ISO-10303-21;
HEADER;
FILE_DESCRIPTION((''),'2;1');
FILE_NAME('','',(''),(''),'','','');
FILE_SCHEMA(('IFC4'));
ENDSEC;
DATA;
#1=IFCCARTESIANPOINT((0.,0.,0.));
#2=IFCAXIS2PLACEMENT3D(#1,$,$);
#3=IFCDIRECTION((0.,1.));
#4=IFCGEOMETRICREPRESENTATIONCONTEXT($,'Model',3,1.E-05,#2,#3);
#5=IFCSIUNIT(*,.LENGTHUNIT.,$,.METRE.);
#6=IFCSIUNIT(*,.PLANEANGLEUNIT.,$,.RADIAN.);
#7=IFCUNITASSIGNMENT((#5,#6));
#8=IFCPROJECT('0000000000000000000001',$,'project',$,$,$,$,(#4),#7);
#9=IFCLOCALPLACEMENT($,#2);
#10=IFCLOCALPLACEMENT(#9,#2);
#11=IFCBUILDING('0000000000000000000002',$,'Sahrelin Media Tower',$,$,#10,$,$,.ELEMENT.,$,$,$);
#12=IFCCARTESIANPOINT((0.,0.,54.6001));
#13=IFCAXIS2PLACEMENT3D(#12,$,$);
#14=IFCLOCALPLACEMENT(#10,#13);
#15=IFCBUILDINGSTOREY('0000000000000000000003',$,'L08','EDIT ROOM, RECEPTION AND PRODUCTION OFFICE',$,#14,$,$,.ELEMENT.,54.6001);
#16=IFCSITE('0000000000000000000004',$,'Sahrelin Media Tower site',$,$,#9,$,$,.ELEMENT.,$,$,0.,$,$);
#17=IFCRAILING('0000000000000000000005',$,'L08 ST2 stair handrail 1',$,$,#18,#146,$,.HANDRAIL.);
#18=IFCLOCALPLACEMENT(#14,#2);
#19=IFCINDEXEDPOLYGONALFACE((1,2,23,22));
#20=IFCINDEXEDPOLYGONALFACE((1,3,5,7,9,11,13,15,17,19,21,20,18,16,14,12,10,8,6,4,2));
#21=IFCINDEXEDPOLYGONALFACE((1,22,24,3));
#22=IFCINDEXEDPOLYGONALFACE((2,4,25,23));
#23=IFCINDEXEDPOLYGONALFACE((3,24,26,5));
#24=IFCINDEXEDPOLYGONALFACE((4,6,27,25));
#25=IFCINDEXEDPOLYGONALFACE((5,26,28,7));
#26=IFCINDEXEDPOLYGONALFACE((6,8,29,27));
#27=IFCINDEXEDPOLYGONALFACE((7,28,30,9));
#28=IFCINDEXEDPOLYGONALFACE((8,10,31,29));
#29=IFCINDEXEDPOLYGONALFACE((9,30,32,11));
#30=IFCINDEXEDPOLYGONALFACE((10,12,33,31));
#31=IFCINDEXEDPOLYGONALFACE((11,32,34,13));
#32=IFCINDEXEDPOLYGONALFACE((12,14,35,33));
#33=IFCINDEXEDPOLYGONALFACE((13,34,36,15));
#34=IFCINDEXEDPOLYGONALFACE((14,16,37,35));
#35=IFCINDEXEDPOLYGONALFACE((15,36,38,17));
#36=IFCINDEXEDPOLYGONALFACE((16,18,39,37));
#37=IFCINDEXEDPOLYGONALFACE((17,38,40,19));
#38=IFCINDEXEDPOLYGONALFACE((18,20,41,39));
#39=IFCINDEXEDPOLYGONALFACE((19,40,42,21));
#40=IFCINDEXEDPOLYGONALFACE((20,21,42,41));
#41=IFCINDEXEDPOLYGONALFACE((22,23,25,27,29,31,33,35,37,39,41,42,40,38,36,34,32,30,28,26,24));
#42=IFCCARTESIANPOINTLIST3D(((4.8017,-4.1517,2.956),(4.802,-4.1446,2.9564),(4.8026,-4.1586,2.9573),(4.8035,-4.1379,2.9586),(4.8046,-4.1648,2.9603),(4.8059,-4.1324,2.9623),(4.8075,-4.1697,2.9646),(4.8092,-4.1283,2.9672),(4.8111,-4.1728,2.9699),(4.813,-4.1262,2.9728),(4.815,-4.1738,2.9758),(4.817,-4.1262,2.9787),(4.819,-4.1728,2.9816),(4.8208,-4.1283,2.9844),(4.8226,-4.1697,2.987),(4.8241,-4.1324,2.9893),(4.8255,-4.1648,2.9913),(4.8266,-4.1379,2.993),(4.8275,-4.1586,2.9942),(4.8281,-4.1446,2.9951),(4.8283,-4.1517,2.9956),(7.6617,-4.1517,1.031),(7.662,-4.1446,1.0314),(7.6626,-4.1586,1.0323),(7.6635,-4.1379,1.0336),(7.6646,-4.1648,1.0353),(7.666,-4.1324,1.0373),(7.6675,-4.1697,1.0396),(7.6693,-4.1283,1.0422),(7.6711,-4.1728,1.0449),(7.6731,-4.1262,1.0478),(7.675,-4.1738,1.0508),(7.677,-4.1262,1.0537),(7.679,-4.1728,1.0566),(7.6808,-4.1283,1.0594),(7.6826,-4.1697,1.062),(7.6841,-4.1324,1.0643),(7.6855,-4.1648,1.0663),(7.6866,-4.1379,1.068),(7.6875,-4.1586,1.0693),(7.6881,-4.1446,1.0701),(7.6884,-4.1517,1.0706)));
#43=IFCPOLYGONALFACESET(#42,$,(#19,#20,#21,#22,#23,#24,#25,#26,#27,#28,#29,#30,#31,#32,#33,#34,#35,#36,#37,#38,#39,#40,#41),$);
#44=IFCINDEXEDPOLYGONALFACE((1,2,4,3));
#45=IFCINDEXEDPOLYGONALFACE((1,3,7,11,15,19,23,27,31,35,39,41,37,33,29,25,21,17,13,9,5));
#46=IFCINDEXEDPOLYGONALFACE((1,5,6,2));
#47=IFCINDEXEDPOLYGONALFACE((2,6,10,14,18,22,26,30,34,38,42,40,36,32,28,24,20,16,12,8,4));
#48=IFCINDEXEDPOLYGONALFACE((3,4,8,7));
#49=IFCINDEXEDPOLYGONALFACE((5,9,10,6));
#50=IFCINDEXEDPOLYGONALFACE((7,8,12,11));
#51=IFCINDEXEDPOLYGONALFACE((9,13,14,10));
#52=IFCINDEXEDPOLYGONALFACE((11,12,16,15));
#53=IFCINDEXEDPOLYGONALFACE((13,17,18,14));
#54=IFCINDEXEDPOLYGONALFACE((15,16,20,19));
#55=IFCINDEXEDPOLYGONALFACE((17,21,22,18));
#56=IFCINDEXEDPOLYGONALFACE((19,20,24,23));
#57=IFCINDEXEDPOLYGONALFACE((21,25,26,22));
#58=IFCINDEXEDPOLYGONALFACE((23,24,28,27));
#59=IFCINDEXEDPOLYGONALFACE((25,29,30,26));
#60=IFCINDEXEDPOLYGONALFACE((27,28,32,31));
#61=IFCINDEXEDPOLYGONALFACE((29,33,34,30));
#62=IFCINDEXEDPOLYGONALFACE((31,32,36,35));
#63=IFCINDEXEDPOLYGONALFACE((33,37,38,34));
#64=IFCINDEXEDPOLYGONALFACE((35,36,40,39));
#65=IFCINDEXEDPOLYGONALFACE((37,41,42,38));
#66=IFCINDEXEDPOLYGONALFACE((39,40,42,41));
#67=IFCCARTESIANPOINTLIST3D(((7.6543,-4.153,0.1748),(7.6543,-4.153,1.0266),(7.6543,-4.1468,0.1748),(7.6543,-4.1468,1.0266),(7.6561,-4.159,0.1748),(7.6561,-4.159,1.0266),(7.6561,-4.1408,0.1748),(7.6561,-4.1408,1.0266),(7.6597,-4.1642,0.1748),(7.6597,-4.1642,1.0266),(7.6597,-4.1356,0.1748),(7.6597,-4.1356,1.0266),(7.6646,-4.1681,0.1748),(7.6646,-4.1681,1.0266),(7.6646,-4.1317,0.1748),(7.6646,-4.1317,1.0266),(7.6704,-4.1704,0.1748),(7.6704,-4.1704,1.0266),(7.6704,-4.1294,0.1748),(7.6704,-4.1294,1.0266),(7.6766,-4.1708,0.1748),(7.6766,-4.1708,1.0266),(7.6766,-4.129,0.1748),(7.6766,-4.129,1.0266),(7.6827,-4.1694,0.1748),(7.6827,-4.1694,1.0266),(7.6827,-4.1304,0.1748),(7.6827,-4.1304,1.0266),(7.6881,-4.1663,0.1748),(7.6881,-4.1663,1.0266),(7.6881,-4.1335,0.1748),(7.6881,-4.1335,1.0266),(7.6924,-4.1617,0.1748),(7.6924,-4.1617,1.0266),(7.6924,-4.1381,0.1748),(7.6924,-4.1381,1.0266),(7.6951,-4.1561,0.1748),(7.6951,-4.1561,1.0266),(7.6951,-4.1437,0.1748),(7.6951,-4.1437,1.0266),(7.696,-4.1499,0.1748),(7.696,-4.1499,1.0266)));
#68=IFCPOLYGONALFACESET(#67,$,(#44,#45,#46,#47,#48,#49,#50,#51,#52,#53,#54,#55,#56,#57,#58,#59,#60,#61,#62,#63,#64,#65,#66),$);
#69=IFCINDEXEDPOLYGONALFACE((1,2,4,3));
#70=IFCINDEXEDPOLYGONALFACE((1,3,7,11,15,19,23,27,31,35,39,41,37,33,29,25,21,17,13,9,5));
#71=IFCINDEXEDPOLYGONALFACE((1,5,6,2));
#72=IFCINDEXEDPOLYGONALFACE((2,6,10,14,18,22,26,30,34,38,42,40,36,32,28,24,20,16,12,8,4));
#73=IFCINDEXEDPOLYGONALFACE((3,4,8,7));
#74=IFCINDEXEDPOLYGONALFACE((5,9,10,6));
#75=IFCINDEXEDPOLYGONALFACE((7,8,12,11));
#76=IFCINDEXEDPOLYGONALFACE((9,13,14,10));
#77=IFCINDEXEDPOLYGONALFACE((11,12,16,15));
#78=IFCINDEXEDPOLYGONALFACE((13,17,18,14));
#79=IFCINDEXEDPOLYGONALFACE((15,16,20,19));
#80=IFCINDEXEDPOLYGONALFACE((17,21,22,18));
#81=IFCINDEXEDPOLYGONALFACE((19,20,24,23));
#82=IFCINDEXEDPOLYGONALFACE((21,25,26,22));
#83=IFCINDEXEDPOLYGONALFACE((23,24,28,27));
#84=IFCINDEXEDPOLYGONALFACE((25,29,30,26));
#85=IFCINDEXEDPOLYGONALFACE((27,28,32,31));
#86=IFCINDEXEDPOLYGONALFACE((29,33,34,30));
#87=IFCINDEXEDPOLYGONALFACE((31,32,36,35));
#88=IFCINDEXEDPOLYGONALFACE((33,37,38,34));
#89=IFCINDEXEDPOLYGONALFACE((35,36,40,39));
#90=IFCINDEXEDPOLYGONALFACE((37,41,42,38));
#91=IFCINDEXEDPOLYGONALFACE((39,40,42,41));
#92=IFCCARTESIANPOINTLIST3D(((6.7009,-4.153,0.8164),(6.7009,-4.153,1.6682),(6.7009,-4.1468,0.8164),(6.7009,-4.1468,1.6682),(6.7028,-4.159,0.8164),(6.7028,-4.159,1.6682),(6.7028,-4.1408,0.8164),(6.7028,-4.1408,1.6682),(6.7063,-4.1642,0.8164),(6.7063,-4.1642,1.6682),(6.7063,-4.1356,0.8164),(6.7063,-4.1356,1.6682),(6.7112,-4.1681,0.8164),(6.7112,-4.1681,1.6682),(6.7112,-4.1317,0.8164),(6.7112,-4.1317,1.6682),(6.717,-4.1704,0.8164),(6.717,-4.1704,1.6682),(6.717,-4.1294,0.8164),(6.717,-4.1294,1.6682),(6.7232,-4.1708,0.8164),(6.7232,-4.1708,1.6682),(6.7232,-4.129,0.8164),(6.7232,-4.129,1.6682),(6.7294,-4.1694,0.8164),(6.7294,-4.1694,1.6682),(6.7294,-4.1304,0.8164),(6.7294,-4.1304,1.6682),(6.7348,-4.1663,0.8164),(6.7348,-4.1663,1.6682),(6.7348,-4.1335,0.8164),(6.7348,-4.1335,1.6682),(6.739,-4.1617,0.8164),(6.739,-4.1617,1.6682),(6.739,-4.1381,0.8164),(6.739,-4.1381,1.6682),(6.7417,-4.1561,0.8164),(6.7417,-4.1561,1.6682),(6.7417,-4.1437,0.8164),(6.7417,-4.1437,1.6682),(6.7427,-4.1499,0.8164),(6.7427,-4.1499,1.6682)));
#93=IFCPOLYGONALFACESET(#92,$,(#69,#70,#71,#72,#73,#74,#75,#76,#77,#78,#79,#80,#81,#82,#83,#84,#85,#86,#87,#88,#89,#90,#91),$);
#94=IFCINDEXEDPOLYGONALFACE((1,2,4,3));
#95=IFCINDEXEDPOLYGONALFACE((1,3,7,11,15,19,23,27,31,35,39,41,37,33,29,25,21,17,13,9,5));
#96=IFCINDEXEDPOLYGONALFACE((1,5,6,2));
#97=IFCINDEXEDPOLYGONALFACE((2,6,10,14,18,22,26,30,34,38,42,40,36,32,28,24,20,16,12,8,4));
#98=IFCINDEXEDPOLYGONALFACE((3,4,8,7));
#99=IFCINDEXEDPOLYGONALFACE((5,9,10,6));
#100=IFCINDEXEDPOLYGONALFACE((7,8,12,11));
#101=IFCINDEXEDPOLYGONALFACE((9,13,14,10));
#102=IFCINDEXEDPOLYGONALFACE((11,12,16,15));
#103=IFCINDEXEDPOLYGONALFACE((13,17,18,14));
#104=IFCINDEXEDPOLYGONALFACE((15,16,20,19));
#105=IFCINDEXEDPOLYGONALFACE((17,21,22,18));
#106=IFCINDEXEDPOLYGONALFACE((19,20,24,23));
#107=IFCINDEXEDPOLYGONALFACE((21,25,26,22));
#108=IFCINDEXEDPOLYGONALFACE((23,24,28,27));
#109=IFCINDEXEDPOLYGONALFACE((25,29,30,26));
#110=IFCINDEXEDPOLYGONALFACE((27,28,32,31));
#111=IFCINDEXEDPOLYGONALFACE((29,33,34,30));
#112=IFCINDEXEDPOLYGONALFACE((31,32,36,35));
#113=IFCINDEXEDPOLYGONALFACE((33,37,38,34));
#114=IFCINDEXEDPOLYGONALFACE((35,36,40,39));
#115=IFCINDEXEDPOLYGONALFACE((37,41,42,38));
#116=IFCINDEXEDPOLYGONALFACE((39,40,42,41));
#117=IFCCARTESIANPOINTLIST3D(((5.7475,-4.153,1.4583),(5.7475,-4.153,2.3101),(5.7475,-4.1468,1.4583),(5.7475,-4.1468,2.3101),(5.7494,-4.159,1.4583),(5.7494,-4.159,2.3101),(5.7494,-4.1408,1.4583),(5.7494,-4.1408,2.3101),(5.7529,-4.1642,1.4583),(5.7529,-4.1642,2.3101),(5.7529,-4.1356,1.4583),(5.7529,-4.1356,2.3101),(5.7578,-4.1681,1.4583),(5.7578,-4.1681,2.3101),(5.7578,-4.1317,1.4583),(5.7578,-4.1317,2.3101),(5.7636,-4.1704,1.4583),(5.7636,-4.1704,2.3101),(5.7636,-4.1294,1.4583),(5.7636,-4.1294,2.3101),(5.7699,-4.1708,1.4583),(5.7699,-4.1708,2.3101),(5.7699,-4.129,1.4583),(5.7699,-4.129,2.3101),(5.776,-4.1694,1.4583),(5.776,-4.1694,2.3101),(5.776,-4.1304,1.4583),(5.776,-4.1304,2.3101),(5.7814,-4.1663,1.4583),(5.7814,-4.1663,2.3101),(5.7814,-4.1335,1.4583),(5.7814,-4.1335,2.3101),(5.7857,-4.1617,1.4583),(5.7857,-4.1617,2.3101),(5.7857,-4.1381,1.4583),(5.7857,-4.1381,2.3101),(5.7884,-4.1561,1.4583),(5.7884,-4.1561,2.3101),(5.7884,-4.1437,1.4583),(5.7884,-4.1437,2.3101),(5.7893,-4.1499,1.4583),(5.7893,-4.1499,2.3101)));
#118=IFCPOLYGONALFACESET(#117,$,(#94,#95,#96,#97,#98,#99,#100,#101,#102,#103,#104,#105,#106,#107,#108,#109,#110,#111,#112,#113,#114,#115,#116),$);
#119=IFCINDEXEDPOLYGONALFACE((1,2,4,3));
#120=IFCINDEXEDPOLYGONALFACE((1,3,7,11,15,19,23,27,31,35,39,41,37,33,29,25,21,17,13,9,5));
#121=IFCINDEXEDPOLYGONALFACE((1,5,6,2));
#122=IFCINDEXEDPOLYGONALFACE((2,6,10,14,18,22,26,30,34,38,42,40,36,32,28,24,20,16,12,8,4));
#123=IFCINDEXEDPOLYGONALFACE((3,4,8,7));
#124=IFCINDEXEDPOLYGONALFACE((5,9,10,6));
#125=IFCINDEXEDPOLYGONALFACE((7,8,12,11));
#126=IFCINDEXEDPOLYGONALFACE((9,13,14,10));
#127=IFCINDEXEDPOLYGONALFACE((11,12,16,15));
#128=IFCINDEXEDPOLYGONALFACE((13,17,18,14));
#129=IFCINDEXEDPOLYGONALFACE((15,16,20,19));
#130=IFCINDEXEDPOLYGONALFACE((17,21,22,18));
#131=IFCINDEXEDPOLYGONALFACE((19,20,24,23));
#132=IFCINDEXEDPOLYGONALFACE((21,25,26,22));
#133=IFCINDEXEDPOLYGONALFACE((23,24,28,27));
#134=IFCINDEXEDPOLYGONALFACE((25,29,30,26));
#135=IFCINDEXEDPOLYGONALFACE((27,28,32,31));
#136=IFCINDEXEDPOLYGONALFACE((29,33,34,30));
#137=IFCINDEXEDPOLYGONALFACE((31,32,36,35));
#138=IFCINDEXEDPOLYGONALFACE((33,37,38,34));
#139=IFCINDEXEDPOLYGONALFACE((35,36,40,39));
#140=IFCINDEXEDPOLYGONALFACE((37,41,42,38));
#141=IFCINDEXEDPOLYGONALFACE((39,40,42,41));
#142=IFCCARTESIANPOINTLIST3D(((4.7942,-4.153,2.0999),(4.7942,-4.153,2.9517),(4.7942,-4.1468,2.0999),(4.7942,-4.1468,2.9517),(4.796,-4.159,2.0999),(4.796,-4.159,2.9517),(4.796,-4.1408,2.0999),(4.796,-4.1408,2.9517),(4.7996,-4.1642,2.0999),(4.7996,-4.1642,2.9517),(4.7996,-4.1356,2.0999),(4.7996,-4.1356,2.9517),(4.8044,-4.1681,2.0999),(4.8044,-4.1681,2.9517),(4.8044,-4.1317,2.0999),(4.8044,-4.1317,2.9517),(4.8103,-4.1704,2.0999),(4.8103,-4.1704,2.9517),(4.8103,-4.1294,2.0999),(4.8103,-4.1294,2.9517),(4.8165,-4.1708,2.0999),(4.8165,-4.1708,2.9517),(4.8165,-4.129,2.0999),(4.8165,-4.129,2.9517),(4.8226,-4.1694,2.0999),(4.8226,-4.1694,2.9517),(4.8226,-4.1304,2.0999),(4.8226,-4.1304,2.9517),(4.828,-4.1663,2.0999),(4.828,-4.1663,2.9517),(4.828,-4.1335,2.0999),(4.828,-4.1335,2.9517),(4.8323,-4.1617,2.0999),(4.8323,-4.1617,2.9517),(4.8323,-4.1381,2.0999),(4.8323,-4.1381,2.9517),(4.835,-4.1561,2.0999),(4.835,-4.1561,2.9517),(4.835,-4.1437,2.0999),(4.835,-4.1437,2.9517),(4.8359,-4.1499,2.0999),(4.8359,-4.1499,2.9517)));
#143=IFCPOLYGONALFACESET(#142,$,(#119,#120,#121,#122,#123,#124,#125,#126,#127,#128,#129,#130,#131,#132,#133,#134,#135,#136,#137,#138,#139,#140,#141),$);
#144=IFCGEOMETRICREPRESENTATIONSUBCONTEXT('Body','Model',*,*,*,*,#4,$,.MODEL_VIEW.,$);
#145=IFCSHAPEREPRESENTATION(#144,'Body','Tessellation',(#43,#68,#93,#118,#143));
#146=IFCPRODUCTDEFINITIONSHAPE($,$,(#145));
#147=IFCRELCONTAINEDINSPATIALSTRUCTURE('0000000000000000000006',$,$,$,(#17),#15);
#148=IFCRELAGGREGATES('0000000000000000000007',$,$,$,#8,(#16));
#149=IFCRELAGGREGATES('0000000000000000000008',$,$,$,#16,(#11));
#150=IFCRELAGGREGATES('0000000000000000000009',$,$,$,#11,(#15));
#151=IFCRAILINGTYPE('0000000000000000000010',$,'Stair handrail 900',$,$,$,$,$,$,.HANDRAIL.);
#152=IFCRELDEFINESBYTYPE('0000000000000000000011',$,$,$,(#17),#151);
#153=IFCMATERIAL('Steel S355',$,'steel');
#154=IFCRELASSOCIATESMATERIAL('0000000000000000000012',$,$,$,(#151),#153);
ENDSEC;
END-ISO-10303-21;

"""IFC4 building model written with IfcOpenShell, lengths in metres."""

from ifc_helpers import new_model, si_unit, direction, frame, origin, origin_2d, place, context, subcontext, project, spatial, circle, extrude, material, type_object, element, save


model = new_model("IFC4")

# Units and contexts
model_context = context("Model", 3, precision=1e-05, world=origin(), true_north=direction((0.0, 1.0)))
body_context = subcontext(model_context, "Body", "Model", "MODEL_VIEW")
ifc_project = project(units=[si_unit("LENGTHUNIT", "METRE"), si_unit("PLANEANGLEUNIT", "RADIAN")], contexts=[model_context])

# Site, building, storey
site_placement = place(None, origin())
site = spatial("IfcSite", under=ifc_project, at=site_placement, Name="Sahrelin Media Tower site", CompositionType="ELEMENT", RefElevation=0.0)
building_placement = place(site_placement, origin())
building = spatial("IfcBuilding", under=site, at=building_placement, Name="Sahrelin Media Tower", CompositionType="ELEMENT")
storey_placement = place(building_placement, frame((0.0, 0.0, 54.6001)))
storey = spatial("IfcBuildingStorey", under=building, at=storey_placement, Name="L08", Description="EDIT ROOM, RECEPTION AND PRODUCTION OFFICE", CompositionType="ELEMENT", Elevation=54.6001)

# Shared definitions
ifc_material_1 = material(Name="Steel S355", Category="steel")

# Railing
railing_type_1 = type_object("IfcRailingType", Name="Stair handrail 900", PredefinedType="HANDRAIL", material=ifc_material_1)
railing_1_placement = place(storey_placement, frame((7.675, -4.1499, 0.1748)))
element("IfcRailing", 1, at=railing_1_placement, inside=storey, type_object=railing_type_1, Name="L08 ST2 stair handrail 1", PredefinedType="HANDRAIL", context=body_context, shape_type="SweptSolid", body=[
    extrude(circle(Radius=0.0239, at=origin_2d()), frame((0.0, 0.0, 0.876), z_axis=(-0.829591, 0.0, 0.558372), x_axis=(0.0, -1.0, 0.0)), (0.0, 0.0, 1.0), 3.4475),
    extrude(circle(Radius=0.021, at=origin_2d()), origin(), (0.0, 0.0, 1.0), 0.8518),
    extrude(circle(Radius=0.021, at=origin_2d()), frame((-0.9534, 0.0, 0.6416)), (0.0, 0.0, 1.0), 0.8518),
    extrude(circle(Radius=0.021, at=origin_2d()), frame((-1.9067, 0.0, 1.2834)), (0.0, 0.0, 1.0), 0.8518),
    extrude(circle(Radius=0.021, at=origin_2d()), frame((-2.8601, 0.0, 1.925)), (0.0, 0.0, 1.0), 0.8518),
])

save(model, "model.ifc")
